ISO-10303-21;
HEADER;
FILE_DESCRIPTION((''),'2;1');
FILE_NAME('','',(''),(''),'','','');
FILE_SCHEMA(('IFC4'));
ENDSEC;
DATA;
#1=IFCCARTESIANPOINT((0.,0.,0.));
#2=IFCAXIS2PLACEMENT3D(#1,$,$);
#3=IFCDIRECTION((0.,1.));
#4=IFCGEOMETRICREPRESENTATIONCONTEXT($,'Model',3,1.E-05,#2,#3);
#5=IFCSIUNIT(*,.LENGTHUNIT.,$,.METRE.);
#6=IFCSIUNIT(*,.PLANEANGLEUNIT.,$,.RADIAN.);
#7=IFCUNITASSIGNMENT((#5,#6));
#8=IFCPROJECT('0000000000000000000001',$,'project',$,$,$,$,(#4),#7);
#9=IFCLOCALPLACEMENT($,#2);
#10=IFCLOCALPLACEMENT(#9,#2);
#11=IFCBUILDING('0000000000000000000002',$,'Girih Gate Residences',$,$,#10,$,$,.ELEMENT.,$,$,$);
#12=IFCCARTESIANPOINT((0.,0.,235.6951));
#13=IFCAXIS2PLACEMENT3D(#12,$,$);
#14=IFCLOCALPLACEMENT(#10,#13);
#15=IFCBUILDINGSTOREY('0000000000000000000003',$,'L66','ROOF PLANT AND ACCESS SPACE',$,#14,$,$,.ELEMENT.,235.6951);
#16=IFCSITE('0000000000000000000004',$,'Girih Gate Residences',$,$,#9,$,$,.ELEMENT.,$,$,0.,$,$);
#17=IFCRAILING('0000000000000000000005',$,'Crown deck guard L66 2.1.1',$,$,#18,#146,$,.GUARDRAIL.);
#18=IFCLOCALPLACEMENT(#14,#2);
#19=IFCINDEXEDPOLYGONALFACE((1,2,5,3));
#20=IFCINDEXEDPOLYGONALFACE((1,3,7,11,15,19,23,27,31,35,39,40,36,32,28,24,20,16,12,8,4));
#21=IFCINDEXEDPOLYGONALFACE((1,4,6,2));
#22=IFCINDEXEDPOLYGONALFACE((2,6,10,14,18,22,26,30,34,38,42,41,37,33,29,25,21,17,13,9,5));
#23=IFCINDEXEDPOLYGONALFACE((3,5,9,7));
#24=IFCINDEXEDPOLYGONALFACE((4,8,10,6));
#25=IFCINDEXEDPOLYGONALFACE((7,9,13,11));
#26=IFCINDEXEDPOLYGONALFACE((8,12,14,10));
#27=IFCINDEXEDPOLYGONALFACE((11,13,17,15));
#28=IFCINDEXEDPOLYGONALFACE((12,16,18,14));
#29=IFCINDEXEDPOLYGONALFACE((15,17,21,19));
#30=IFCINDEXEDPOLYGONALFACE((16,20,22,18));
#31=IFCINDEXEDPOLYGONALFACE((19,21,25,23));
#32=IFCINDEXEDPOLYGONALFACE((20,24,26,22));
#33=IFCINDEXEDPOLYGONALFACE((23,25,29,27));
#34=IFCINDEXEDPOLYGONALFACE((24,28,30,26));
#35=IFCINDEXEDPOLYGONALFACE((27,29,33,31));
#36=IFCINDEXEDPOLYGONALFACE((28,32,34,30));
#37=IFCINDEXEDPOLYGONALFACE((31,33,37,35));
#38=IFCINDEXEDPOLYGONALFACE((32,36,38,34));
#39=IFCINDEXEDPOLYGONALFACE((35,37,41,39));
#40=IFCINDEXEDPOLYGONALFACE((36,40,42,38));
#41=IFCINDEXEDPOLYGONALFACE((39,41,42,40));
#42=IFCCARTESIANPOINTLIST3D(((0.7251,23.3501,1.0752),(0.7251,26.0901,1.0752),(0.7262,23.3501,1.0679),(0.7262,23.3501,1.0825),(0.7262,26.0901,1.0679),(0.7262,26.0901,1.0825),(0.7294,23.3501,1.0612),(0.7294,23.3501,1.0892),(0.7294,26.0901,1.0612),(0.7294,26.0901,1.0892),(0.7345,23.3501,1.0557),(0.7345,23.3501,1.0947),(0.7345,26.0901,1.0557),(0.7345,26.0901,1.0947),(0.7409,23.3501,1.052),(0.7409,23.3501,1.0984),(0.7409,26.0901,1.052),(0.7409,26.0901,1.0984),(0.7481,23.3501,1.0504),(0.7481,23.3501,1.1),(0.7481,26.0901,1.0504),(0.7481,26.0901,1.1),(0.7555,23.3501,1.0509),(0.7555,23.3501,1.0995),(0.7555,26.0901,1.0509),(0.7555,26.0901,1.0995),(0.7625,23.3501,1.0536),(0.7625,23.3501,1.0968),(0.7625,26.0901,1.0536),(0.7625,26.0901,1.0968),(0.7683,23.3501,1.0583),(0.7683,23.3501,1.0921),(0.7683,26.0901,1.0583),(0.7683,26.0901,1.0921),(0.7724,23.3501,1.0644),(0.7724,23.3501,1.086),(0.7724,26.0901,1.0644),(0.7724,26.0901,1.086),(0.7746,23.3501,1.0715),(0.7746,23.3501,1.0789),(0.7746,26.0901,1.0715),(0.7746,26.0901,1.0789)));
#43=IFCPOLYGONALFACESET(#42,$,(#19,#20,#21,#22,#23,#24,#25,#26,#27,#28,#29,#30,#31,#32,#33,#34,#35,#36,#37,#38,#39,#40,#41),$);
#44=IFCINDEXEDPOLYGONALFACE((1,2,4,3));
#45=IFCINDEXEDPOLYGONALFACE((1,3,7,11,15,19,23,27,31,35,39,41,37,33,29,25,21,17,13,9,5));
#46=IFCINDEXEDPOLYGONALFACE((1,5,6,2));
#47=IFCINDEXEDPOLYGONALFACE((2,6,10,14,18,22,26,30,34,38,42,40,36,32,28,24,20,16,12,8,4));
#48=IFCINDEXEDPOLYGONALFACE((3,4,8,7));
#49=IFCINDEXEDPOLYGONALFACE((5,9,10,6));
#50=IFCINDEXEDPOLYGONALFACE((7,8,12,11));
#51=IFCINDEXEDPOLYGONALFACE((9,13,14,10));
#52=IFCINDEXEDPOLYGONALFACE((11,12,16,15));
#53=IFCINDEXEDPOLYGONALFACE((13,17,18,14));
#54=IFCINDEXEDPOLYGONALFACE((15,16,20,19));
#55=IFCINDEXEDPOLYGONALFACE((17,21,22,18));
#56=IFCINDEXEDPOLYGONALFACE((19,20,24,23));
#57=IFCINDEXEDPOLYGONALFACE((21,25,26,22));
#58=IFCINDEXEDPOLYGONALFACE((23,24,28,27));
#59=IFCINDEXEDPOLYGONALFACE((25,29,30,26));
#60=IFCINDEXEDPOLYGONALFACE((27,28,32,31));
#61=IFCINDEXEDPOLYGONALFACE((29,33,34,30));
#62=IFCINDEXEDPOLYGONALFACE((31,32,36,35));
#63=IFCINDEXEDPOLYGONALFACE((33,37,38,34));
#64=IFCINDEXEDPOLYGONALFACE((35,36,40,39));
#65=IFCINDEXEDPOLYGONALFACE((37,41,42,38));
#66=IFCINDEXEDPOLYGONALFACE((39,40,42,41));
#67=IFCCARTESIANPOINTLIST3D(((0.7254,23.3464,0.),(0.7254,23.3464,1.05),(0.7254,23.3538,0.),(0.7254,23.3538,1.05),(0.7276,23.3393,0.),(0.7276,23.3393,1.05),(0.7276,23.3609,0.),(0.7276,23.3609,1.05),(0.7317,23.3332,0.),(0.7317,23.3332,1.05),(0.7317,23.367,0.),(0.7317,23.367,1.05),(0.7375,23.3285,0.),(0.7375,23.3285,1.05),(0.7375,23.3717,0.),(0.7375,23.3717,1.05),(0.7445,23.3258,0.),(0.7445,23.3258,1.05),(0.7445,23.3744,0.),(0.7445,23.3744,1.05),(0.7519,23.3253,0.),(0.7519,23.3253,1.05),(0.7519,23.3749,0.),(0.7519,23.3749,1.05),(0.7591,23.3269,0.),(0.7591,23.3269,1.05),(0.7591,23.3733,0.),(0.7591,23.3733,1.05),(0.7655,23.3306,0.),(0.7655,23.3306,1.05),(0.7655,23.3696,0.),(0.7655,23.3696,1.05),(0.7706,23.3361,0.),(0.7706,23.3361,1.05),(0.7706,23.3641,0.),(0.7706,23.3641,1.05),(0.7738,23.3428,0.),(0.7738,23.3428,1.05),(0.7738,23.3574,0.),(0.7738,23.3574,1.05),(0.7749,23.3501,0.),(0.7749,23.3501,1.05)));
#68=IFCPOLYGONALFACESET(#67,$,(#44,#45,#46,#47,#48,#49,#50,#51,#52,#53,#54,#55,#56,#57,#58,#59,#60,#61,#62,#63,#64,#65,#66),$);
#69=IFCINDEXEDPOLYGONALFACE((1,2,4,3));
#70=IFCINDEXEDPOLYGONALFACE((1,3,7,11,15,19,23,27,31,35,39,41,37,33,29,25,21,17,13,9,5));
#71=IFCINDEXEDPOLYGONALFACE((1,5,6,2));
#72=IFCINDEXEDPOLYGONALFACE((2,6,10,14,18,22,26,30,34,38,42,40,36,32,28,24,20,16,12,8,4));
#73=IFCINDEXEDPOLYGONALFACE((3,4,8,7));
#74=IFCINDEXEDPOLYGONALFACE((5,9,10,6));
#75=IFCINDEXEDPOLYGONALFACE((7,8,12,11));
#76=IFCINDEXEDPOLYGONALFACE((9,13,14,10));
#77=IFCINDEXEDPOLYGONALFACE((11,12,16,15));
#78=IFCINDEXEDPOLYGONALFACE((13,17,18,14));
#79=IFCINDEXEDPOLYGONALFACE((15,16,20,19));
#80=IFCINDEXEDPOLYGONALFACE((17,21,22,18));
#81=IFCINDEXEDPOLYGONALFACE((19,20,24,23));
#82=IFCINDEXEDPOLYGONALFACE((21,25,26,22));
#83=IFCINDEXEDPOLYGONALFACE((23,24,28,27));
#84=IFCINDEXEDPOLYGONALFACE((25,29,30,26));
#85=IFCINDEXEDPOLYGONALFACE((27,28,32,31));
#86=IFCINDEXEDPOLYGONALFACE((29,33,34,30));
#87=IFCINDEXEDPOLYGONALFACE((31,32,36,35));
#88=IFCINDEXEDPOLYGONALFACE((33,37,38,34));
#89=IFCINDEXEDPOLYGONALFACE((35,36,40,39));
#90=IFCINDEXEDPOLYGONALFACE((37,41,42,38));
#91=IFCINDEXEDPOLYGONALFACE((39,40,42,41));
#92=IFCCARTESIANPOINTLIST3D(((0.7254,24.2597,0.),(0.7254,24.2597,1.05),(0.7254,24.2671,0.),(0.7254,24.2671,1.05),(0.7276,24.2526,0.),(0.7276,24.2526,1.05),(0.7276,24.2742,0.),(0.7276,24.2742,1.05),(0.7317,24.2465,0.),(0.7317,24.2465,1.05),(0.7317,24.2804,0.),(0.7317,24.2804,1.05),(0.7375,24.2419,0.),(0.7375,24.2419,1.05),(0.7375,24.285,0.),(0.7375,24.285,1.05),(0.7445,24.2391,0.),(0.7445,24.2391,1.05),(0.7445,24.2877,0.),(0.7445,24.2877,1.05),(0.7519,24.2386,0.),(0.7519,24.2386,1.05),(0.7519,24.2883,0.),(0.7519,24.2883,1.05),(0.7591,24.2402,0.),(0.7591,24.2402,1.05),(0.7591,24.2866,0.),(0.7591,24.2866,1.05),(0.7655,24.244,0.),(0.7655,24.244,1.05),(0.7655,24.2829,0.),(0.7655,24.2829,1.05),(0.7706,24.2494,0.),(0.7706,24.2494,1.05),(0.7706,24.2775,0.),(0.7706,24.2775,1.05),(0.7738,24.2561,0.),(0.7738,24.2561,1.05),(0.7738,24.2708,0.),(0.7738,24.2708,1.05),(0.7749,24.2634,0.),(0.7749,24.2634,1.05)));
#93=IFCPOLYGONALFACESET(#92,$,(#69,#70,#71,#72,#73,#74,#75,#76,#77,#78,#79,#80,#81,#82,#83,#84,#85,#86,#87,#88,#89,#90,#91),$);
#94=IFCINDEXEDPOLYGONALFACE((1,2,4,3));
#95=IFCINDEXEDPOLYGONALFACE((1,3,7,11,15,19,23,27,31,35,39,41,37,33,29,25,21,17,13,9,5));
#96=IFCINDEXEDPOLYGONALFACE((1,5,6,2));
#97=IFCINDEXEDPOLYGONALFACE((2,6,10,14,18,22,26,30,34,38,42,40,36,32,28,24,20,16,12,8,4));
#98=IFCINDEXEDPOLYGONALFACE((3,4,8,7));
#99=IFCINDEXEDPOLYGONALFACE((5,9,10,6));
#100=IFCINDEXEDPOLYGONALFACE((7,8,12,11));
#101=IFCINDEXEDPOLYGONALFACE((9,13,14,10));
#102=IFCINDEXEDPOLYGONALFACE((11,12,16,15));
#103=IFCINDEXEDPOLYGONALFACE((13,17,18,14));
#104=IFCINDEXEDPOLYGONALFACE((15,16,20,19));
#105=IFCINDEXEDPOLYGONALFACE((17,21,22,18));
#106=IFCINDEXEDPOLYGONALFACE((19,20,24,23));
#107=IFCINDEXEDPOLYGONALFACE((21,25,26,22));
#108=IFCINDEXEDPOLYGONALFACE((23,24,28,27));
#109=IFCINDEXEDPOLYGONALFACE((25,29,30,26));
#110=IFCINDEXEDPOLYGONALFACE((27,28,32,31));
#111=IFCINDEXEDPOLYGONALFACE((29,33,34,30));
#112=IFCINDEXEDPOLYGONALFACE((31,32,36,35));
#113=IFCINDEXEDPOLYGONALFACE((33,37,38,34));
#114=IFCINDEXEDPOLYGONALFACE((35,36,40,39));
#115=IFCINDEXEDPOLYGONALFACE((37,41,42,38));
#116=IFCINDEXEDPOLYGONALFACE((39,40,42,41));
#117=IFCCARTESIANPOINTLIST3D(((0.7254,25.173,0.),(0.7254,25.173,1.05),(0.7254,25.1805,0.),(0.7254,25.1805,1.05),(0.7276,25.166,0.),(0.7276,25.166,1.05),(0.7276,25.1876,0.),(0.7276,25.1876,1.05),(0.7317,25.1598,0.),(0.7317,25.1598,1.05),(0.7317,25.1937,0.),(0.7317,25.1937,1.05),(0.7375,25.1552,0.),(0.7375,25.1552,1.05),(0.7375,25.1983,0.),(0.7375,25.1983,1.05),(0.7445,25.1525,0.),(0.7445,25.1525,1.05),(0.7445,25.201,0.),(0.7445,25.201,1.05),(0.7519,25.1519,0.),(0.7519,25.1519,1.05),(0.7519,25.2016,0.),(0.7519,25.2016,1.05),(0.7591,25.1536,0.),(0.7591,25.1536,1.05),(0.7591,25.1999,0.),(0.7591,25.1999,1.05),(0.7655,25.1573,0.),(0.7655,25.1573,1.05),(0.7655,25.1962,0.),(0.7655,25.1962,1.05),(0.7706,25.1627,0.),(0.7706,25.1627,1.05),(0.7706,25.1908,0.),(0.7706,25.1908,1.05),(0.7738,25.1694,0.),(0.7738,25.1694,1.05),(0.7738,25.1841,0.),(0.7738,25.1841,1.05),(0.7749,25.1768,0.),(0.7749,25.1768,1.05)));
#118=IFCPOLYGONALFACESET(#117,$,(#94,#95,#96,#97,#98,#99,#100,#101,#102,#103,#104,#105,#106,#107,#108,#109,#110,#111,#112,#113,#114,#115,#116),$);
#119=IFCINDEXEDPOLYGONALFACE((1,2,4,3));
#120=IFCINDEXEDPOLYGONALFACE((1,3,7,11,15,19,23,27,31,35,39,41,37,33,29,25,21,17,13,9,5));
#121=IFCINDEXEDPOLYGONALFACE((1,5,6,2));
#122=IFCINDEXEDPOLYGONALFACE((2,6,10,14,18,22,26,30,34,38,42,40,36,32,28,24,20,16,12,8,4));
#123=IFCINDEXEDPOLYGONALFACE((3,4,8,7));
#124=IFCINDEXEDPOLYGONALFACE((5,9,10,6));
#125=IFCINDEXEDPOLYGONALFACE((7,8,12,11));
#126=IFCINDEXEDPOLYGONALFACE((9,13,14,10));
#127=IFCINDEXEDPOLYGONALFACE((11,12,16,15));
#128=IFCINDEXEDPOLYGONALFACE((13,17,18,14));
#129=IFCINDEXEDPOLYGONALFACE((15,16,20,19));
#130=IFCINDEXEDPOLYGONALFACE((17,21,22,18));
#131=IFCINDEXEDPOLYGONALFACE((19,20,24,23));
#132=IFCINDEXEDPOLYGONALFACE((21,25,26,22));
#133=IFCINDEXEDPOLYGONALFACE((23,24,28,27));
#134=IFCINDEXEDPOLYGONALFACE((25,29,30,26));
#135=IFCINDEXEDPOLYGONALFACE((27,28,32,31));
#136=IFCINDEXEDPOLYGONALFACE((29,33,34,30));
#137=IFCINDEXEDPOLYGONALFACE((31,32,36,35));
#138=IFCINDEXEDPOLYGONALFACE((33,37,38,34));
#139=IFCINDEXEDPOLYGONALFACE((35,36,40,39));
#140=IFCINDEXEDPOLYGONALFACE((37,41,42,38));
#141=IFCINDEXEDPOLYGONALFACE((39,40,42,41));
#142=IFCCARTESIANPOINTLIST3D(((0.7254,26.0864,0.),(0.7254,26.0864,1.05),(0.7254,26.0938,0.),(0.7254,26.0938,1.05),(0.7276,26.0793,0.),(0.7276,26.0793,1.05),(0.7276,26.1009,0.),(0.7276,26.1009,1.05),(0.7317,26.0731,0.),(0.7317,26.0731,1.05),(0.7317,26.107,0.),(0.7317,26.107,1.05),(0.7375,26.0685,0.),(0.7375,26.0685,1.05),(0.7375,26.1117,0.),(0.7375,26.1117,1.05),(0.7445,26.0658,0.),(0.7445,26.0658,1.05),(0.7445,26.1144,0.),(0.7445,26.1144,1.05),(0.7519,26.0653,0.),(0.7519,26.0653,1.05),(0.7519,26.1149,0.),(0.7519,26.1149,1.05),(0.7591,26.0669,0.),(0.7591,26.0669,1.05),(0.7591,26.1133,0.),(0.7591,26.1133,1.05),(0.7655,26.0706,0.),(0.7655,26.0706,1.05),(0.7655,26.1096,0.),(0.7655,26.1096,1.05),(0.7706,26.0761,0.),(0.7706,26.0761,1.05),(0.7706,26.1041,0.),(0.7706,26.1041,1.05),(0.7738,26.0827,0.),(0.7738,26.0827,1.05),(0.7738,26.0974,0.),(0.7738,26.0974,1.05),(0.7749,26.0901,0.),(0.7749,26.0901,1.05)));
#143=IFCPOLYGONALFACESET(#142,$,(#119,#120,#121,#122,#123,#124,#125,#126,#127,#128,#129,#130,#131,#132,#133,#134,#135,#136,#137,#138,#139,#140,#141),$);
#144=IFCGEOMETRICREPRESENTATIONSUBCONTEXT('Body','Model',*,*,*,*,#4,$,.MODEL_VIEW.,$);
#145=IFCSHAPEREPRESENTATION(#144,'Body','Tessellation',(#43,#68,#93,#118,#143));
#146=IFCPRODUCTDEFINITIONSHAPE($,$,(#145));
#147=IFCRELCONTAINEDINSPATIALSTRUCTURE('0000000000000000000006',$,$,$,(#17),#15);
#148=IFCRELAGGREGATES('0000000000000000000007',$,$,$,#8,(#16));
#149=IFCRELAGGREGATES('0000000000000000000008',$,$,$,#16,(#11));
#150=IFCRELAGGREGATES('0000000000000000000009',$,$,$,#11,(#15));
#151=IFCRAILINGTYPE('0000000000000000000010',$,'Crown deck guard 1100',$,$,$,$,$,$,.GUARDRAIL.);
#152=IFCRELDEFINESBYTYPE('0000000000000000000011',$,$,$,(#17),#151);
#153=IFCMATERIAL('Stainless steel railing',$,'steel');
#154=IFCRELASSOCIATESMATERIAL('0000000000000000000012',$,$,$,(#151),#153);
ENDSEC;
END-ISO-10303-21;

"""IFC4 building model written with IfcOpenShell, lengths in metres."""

from ifc_helpers import new_model, si_unit, direction, frame, origin, origin_2d, place, context, subcontext, project, spatial, circle, extrude, material, type_object, element, save


model = new_model("IFC4")

# Units and contexts
model_context = context("Model", 3, precision=1e-05, world=origin(), true_north=direction((0.0, 1.0)))
body_context = subcontext(model_context, "Body", "Model", "MODEL_VIEW")
ifc_project = project(units=[si_unit("LENGTHUNIT", "METRE"), si_unit("PLANEANGLEUNIT", "RADIAN")], contexts=[model_context])

# Site, building, storey
site_placement = place(None, origin())
site = spatial("IfcSite", under=ifc_project, at=site_placement, Name="Girih Gate Residences", CompositionType="ELEMENT", RefElevation=0.0)
building_placement = place(site_placement, origin())
building = spatial("IfcBuilding", under=site, at=building_placement, Name="Girih Gate Residences", CompositionType="ELEMENT")
storey_placement = place(building_placement, frame((0.0, 0.0, 235.6951)))
storey = spatial("IfcBuildingStorey", under=building, at=storey_placement, Name="L66", Description="ROOF PLANT AND ACCESS SPACE", CompositionType="ELEMENT", Elevation=235.6951)

# Railing
ifc_material_1 = material(Name="Stainless steel railing", Category="steel")
railing_type = type_object("IfcRailingType", Name="Crown deck guard 1100", PredefinedType="GUARDRAIL", material=ifc_material_1)
for number, where, name in (
    (1, (0.75, 23.3501, 0.0), "Crown deck guard L66 2.1.1"),
):
    element("IfcRailing", number, at=place(storey_placement, frame(where)), inside=storey, type_object=railing_type, Name=name, PredefinedType="GUARDRAIL", context=body_context, shape_type="SweptSolid", body=[
        extrude(circle(Radius=0.0249, at=origin_2d()), frame((0.0, 0.0, 1.0752), z_axis=(0.0, 1.0, 0.0), x_axis=(-1.0, 0.0, 0.0)), (0.0, 0.0, 1.0), 2.74),
        extrude(circle(Radius=0.0249, at=origin_2d()), origin(), (0.0, 0.0, 1.0), 1.05),
        extrude(circle(Radius=0.0249, at=origin_2d()), frame((0.0, 0.9133, 0.0)), (0.0, 0.0, 1.0), 1.05),
        extrude(circle(Radius=0.0249, at=origin_2d()), frame((0.0, 1.8267, 0.0)), (0.0, 0.0, 1.0), 1.05),
        extrude(circle(Radius=0.0249, at=origin_2d()), frame((0.0, 2.74, 0.0)), (0.0, 0.0, 1.0), 1.05),
    ])

save(model, "model.ifc")
